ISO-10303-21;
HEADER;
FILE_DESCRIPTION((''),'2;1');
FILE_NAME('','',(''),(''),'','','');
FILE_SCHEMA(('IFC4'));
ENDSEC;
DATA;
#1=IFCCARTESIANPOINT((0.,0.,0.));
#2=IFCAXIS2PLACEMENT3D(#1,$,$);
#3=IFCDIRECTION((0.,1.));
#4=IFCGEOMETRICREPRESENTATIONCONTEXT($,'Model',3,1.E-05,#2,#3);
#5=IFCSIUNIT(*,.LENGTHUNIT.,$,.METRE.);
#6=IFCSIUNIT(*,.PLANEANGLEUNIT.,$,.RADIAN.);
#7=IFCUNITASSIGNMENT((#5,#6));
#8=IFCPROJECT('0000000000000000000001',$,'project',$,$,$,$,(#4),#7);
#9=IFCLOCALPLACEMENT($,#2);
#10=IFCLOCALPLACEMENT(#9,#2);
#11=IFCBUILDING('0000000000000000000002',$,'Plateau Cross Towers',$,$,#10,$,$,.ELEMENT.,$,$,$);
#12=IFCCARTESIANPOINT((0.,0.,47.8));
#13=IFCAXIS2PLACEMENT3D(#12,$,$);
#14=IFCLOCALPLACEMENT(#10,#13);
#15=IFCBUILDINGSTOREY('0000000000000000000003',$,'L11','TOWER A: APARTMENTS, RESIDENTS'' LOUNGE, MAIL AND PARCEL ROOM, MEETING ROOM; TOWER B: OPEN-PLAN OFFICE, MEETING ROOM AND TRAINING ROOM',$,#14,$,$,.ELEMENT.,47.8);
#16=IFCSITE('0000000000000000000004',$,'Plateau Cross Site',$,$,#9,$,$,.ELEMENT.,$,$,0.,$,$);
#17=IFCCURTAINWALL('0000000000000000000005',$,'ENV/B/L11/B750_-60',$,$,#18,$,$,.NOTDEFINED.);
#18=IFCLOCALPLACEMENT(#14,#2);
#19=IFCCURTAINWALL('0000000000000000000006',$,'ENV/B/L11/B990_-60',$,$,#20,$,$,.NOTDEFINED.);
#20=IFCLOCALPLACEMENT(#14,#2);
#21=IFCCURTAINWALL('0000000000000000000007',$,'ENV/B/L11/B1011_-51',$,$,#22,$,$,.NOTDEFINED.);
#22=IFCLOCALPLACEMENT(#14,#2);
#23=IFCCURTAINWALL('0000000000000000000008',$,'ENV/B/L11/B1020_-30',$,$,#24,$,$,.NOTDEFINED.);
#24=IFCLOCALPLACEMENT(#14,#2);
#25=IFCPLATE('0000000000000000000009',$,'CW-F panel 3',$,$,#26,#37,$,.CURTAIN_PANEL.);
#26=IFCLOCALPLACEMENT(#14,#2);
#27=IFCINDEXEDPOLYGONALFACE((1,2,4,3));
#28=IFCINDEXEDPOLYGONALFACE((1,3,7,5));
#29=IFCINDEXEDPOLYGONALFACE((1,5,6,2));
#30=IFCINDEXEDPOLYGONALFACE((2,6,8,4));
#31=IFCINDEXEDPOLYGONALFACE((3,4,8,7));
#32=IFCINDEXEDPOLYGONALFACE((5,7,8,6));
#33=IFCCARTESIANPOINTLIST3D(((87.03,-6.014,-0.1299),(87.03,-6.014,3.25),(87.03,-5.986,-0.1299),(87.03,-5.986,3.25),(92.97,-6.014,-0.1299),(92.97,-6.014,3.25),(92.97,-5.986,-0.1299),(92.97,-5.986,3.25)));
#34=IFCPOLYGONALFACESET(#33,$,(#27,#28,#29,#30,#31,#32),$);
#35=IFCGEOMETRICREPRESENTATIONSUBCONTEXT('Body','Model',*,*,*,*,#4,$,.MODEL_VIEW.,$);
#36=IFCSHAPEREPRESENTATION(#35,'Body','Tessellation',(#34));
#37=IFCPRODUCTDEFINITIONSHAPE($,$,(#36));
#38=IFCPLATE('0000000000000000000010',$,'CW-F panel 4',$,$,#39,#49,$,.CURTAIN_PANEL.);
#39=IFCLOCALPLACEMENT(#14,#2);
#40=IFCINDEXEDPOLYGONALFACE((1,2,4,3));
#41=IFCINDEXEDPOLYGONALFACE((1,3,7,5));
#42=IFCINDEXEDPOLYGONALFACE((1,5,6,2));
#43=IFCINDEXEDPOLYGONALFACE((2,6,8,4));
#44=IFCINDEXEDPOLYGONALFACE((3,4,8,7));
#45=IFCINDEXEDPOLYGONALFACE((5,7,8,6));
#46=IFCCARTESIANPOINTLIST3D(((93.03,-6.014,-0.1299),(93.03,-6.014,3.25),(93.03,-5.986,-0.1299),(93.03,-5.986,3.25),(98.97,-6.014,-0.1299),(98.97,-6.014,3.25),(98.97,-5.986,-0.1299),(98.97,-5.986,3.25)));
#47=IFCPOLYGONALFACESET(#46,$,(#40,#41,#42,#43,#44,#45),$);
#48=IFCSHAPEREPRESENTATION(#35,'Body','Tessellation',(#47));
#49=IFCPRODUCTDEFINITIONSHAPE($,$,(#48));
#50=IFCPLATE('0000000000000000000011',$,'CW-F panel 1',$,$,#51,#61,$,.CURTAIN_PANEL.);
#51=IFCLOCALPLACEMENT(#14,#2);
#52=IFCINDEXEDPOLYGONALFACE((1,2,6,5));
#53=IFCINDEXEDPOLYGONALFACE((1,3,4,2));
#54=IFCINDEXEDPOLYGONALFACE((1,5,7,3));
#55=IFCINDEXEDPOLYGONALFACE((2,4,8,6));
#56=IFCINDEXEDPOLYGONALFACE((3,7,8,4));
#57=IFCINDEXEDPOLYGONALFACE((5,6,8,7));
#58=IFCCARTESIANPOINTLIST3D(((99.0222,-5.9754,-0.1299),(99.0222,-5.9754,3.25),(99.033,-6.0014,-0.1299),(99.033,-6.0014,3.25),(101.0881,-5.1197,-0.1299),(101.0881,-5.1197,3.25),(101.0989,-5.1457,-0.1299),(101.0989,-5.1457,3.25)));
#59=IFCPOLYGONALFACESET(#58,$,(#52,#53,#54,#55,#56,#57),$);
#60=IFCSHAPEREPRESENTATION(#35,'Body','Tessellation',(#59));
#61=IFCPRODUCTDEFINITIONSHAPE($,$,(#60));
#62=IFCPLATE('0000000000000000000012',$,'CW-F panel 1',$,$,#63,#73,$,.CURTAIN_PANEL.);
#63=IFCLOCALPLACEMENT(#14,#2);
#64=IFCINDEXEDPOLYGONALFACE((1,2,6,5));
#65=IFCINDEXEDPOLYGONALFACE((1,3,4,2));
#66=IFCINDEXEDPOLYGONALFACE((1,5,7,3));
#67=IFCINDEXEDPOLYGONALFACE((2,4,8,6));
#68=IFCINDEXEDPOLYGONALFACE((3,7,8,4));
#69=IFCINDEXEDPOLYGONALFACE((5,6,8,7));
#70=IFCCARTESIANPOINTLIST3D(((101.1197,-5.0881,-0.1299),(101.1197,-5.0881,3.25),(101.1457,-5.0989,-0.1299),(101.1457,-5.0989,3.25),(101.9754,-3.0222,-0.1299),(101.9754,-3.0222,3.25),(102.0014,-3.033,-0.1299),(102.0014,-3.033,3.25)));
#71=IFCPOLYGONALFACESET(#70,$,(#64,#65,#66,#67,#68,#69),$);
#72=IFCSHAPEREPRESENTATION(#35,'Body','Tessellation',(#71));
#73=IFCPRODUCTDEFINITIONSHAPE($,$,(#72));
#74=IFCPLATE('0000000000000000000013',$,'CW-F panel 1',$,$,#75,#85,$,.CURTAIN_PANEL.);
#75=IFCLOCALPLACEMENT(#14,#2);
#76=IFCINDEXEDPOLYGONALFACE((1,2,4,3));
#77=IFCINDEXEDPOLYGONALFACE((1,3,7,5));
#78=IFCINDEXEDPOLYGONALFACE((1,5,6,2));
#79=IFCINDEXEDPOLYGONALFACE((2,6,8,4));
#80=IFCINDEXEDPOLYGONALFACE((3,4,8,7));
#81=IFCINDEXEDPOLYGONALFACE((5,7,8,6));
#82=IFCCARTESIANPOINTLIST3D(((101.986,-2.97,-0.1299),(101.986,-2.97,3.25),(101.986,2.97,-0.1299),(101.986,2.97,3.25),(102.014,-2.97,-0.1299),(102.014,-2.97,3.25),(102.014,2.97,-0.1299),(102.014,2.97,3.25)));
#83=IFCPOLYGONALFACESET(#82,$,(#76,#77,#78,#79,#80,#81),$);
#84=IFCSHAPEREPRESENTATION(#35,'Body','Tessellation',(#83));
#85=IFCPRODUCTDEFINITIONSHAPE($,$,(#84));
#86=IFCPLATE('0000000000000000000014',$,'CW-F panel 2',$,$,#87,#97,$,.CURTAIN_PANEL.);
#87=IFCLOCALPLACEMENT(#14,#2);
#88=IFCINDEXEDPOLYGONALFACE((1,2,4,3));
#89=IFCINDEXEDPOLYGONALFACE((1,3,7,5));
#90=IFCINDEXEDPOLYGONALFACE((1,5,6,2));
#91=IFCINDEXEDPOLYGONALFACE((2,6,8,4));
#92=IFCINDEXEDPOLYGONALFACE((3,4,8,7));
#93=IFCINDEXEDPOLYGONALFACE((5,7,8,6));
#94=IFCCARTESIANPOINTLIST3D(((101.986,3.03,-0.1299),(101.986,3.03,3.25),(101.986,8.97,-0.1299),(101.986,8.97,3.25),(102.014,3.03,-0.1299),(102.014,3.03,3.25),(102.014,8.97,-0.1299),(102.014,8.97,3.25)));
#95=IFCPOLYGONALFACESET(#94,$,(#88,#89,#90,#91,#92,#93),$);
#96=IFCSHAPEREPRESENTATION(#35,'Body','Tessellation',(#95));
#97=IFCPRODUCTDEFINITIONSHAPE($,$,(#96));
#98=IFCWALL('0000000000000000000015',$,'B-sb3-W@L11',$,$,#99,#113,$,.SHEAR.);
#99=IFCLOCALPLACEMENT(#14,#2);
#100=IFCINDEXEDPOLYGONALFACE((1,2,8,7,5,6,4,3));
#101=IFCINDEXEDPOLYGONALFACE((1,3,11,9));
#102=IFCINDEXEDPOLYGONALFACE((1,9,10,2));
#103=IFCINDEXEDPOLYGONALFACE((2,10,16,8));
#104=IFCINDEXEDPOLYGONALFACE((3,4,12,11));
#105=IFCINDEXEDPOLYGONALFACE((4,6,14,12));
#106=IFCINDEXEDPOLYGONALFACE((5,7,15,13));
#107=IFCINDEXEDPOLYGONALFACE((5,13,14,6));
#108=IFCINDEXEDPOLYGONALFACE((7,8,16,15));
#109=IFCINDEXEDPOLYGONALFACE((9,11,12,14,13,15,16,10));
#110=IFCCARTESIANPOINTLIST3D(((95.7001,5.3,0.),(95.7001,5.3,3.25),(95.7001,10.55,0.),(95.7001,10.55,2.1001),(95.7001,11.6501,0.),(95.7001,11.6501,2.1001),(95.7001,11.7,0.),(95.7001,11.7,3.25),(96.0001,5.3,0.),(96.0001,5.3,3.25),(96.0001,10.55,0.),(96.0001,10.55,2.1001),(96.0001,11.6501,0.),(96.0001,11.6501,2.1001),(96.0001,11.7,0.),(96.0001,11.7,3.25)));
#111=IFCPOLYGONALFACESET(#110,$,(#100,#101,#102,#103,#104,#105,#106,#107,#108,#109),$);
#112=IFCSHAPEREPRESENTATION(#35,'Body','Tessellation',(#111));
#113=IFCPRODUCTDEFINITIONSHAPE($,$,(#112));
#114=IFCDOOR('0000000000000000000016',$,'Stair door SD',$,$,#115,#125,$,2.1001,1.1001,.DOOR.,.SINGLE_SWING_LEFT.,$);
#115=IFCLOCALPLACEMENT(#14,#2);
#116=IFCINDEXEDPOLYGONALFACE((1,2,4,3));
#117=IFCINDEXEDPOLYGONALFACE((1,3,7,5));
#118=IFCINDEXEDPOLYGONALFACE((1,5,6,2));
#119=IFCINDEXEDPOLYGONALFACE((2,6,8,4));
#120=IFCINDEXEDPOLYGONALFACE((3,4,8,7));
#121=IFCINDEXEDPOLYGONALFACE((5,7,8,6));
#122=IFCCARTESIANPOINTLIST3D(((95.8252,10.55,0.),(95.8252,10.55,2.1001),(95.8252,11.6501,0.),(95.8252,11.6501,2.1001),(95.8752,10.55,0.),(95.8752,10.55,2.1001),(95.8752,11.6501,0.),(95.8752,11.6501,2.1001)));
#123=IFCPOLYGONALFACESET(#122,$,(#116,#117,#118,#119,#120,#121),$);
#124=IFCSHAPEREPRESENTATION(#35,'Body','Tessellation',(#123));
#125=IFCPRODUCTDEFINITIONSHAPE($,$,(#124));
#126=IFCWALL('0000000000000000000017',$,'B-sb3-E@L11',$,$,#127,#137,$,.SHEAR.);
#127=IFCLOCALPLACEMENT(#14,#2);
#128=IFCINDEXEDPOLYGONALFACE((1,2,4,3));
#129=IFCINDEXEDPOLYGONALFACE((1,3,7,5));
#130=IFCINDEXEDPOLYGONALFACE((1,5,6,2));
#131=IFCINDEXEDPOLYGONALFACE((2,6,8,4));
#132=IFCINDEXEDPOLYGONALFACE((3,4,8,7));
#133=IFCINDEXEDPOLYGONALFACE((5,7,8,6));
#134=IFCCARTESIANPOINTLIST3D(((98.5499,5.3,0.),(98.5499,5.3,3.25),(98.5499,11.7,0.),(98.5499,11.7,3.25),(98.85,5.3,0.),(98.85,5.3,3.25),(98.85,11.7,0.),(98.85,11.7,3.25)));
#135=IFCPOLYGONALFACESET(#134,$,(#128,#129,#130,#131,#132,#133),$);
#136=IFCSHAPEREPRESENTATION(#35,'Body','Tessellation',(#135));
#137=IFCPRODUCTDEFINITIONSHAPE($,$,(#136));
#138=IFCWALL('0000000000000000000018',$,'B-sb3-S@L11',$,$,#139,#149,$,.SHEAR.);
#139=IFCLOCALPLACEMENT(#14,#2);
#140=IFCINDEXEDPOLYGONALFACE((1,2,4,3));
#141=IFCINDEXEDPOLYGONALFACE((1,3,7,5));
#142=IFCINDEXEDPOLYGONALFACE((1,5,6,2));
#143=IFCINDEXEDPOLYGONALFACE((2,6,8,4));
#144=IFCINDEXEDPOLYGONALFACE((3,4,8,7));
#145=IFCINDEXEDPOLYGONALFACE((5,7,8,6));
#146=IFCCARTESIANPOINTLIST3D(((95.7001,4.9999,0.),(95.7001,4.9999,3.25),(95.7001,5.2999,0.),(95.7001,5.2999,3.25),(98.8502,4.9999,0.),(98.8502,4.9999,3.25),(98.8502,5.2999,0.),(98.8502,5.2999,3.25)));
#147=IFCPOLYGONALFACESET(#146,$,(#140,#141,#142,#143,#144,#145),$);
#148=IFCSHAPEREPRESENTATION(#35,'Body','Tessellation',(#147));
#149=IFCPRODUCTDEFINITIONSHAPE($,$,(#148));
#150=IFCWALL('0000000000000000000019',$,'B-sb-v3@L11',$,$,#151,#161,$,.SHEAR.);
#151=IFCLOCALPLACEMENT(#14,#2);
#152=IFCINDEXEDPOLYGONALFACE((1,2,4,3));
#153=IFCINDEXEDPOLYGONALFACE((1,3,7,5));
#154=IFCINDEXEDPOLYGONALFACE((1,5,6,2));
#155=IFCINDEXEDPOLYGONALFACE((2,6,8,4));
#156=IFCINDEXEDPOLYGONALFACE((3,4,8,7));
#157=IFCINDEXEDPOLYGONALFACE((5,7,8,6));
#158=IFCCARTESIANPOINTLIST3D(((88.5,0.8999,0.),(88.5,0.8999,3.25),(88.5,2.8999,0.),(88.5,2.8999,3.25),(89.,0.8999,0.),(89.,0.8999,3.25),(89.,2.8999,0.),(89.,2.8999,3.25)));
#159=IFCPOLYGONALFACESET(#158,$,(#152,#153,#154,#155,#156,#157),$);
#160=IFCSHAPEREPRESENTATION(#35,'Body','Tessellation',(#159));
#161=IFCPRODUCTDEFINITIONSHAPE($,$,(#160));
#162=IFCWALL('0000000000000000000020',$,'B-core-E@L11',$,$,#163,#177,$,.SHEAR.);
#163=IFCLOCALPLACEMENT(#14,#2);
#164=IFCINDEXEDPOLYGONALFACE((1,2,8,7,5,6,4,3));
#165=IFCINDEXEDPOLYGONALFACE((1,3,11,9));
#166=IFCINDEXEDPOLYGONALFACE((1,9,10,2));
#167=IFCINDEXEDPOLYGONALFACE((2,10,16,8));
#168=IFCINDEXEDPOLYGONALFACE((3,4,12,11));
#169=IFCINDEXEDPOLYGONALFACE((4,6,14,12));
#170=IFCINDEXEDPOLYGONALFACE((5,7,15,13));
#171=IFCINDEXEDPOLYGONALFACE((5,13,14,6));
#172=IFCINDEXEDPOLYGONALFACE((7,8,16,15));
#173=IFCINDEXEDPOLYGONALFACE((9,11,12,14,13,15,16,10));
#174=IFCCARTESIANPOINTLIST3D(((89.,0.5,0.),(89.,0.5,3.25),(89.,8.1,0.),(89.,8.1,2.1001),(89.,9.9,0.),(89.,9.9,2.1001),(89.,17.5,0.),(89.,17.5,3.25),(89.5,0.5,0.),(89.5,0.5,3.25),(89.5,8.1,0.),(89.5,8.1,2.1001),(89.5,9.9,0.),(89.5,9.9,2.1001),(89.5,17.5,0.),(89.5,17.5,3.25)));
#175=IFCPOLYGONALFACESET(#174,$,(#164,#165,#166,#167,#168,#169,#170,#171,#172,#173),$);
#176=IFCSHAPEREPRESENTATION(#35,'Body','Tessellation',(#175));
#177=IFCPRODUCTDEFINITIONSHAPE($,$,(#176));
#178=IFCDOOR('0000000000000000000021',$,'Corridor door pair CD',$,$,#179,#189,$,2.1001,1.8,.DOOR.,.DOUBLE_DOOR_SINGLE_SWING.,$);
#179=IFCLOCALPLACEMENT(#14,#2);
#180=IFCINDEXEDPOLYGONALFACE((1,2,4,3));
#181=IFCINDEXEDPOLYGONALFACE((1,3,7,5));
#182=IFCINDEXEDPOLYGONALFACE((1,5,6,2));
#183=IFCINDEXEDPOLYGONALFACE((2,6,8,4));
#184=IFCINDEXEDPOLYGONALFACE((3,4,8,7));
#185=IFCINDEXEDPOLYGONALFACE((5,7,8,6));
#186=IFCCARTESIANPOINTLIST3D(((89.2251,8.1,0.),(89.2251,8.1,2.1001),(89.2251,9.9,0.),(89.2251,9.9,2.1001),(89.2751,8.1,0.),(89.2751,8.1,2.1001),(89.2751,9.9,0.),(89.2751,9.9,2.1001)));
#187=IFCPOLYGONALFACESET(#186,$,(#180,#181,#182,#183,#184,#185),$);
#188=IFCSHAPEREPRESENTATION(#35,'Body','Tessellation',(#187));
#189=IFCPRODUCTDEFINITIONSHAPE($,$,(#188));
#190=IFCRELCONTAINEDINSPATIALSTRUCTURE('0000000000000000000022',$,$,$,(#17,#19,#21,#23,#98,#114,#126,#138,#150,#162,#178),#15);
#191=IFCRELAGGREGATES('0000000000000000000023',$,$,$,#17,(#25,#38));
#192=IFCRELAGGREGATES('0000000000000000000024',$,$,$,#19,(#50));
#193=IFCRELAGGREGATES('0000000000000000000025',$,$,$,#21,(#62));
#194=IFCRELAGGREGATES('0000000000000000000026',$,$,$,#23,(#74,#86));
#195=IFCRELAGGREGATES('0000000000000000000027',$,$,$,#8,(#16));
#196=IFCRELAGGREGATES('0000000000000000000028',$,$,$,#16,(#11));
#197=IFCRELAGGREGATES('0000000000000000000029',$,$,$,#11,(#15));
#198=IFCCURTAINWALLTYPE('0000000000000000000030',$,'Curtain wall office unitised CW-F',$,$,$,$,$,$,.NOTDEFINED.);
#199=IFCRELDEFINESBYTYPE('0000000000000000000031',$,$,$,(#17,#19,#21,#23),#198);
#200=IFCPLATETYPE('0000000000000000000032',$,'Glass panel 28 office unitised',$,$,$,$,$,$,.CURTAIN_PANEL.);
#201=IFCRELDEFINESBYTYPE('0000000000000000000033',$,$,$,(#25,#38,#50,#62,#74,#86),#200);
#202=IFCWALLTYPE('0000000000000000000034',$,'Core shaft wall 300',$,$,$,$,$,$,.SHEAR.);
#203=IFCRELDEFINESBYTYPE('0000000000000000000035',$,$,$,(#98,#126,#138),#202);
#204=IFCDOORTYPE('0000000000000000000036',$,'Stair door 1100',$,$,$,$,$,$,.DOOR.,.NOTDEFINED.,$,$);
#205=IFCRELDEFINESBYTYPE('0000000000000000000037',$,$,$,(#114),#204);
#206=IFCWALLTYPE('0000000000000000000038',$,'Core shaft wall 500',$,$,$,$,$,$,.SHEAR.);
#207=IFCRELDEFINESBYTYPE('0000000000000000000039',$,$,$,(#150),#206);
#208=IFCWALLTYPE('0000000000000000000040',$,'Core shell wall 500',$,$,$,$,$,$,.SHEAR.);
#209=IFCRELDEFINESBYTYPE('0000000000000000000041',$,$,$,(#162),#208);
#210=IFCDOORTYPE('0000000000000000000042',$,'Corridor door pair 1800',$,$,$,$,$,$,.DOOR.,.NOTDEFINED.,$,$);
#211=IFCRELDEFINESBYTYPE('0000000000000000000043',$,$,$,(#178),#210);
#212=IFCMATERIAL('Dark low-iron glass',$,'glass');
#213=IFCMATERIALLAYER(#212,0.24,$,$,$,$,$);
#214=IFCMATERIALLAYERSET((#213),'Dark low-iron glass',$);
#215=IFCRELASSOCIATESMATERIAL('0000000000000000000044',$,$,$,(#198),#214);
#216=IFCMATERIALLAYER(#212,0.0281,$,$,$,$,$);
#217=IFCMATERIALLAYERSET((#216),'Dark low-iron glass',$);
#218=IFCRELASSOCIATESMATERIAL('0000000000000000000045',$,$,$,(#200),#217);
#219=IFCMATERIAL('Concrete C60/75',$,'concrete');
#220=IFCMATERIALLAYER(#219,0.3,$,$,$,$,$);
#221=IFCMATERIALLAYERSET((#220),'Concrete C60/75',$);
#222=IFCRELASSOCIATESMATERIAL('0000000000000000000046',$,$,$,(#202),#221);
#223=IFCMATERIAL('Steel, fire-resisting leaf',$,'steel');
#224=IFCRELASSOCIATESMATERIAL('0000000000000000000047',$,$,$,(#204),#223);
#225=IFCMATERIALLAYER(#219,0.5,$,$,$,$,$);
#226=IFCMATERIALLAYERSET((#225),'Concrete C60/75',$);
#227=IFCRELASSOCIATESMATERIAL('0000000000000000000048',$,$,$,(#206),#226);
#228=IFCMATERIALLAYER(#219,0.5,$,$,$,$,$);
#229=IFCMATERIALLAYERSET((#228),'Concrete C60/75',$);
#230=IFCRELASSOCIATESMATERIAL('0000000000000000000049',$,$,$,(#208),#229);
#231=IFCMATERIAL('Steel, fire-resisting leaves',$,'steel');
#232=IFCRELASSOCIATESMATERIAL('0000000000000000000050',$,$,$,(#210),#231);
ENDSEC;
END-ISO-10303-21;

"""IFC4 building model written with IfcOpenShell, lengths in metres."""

from ifc_helpers import new_model, si_unit, direction, frame, frame_2d, origin, origin_2d, place, context, subcontext, project, spatial, rectangle, extrude, material, layer, layer_set, type_object, element, fill, aggregate, save


model = new_model("IFC4")

# Units and contexts
model_context = context("Model", 3, precision=1e-05, world=origin(), true_north=direction((0.0, 1.0)))
body_context = subcontext(model_context, "Body", "Model", "MODEL_VIEW")
ifc_project = project(units=[si_unit("LENGTHUNIT", "METRE"), si_unit("PLANEANGLEUNIT", "RADIAN")], contexts=[model_context])

# Site, building, storey
site_placement = place(None, origin())
site = spatial("IfcSite", under=ifc_project, at=site_placement, Name="Plateau Cross Site", CompositionType="ELEMENT", RefElevation=0.0)
building_placement = place(site_placement, origin())
building = spatial("IfcBuilding", under=site, at=building_placement, Name="Plateau Cross Towers", CompositionType="ELEMENT")
storey_placement = place(building_placement, frame((0.0, 0.0, 47.8)))
storey = spatial("IfcBuildingStorey", under=building, at=storey_placement, Name="L11", Description="TOWER A: APARTMENTS, RESIDENTS' LOUNGE, MAIL AND PARCEL ROOM, MEETING ROOM; TOWER B: OPEN-PLAN OFFICE, MEETING ROOM AND TRAINING ROOM", CompositionType="ELEMENT", Elevation=47.8)

# Shared definitions
ifc_material_1 = material(Name="Concrete C60/75", Category="concrete")

# Curtain walls
ifc_material_2 = material(Name="Dark low-iron glass", Category="glass")
ifc_layer_1 = layer(ifc_material_2, 0.24)
ifc_layer_set_1 = layer_set([ifc_layer_1], Name="Dark low-iron glass")
curtain_wall_type = type_object("IfcCurtainWallType", Name="Curtain wall office unitised CW-F", PredefinedType="NOTDEFINED", material=ifc_layer_set_1)
curtain_wall_1_placement = place(storey_placement, origin())
curtain_wall_1 = element("IfcCurtainWall", 1, at=curtain_wall_1_placement, inside=storey, type_object=curtain_wall_type, Name="ENV/B/L11/B750_-60", PredefinedType="NOTDEFINED")
curtain_wall_2_placement = place(storey_placement, origin())
curtain_wall_2 = element("IfcCurtainWall", 2, at=curtain_wall_2_placement, inside=storey, type_object=curtain_wall_type, Name="ENV/B/L11/B990_-60", PredefinedType="NOTDEFINED")
curtain_wall_3_placement = place(storey_placement, origin())
curtain_wall_3 = element("IfcCurtainWall", 3, at=curtain_wall_3_placement, inside=storey, type_object=curtain_wall_type, Name="ENV/B/L11/B1011_-51", PredefinedType="NOTDEFINED")

# Curtain wall
curtain_wall_4_placement = place(storey_placement, origin())
curtain_wall_4 = element("IfcCurtainWall", 4, at=curtain_wall_4_placement, inside=storey, type_object=curtain_wall_type, Name="ENV/B/L11/B1020_-30", PredefinedType="NOTDEFINED")

# Plates
ifc_layer_2 = layer(ifc_material_2, 0.0281)
ifc_layer_set_2 = layer_set([ifc_layer_2], Name="Dark low-iron glass")
plate_type = type_object("IfcPlateType", Name="Glass panel 28 office unitised", PredefinedType="CURTAIN_PANEL", material=ifc_layer_set_2)
plate_1_placement = place(storey_placement, frame((90.0, -6.0, -0.1299), z_axis=(0.0, 0.0, 1.0), x_axis=(1.0, 0.0, 0.0)))
plate_1 = element("IfcPlate", 5, at=plate_1_placement, type_object=plate_type, Name="CW-F panel 3", PredefinedType="CURTAIN_PANEL", context=body_context, shape_type="SweptSolid", body=[
    extrude(rectangle(XDim=5.9399, YDim=0.0281, at=origin_2d()), origin(), (0.0, 0.0, 1.0), 3.3799),
])
plate_2_placement = place(storey_placement, frame((96.0, -6.0, -0.1299), z_axis=(0.0, 0.0, 1.0), x_axis=(1.0, 0.0, 0.0)))
plate_2 = element("IfcPlate", 6, at=plate_2_placement, type_object=plate_type, Name="CW-F panel 4", PredefinedType="CURTAIN_PANEL", context=body_context, shape_type="SweptSolid", body=[
    extrude(rectangle(XDim=5.9399, YDim=0.0281, at=origin_2d()), origin(), (0.0, 0.0, 1.0), 3.3799),
])
aggregate(curtain_wall_1, [plate_1, plate_2])
plate_3_placement = place(storey_placement, frame((100.0605, -5.5605, -0.1299), z_axis=(0.0, 0.0, 1.0), x_axis=(0.923879, 0.382684, 0.0)))
plate_3 = element("IfcPlate", 7, at=plate_3_placement, type_object=plate_type, Name="CW-F panel 1", PredefinedType="CURTAIN_PANEL", context=body_context, shape_type="SweptSolid", body=[
    extrude(rectangle(XDim=2.2361, YDim=0.0281, at=origin_2d()), origin(), (0.0, 0.0, 1.0), 3.3799),
])
aggregate(curtain_wall_2, [plate_3])
plate_4_placement = place(storey_placement, frame((101.5605, -4.0605, -0.1299), z_axis=(0.0, 0.0, 1.0), x_axis=(0.382684, 0.923879, 0.0)))
plate_4 = element("IfcPlate", 8, at=plate_4_placement, type_object=plate_type, Name="CW-F panel 1", PredefinedType="CURTAIN_PANEL", context=body_context, shape_type="SweptSolid", body=[
    extrude(rectangle(XDim=2.2361, YDim=0.0281, at=origin_2d()), origin(), (0.0, 0.0, 1.0), 3.3799),
])
aggregate(curtain_wall_3, [plate_4])
plate_5_placement = place(storey_placement, frame((102.0, 0.0, -0.1299), z_axis=(0.0, 0.0, 1.0), x_axis=(0.0, 1.0, 0.0)))
plate_5 = element("IfcPlate", 9, at=plate_5_placement, type_object=plate_type, Name="CW-F panel 1", PredefinedType="CURTAIN_PANEL", context=body_context, shape_type="SweptSolid", body=[
    extrude(rectangle(XDim=5.9399, YDim=0.0281, at=origin_2d()), origin(), (0.0, 0.0, 1.0), 3.3799),
])
plate_6_placement = place(storey_placement, frame((102.0, 6.0, -0.1299), z_axis=(0.0, 0.0, 1.0), x_axis=(0.0, 1.0, 0.0)))
plate_6 = element("IfcPlate", 10, at=plate_6_placement, type_object=plate_type, Name="CW-F panel 2", PredefinedType="CURTAIN_PANEL", context=body_context, shape_type="SweptSolid", body=[
    extrude(rectangle(XDim=5.9399, YDim=0.0281, at=origin_2d()), origin(), (0.0, 0.0, 1.0), 3.3799),
])
aggregate(curtain_wall_4, [plate_5, plate_6])

# Wall, opening, door
ifc_layer_3 = layer(ifc_material_1, 0.3)
ifc_layer_set_3 = layer_set([ifc_layer_3], Name="Concrete C60/75")
wall_type_1 = type_object("IfcWallType", Name="Core shaft wall 300", PredefinedType="SHEAR", material=ifc_layer_set_3)
wall_1_placement = place(storey_placement, frame((95.8501, 5.3, 0.0), z_axis=(0.0, 0.0, 1.0), x_axis=(0.0, 1.0, 0.0)))
wall_1 = element("IfcWall", 11, at=wall_1_placement, inside=storey, type_object=wall_type_1, Name="B-sb3-W@L11", PredefinedType="SHEAR", context=body_context, shape_type="SweptSolid", body=[
    extrude(rectangle(XDim=6.3999, YDim=0.3, at=frame_2d((3.2, 0.0))), origin(), (0.0, 0.0, 1.0), 3.25),
])
opening_1_placement = place(wall_1_placement, frame((5.25, 0.0, 0.0)))
opening_1 = element("IfcOpeningElement", 12, at=opening_1_placement, cuts=wall_1, PredefinedType="OPENING", context=body_context, shape_type="SweptSolid", body=[
    extrude(rectangle(XDim=1.1001, YDim=2.1001, at=frame_2d((0.55, 1.05))), frame((0.0, 0.1599, 0.0), z_axis=(0.0, -1.0, 0.0), x_axis=(1.0, 0.0, 0.0)), (0.0, 0.0, 1.0), 0.3201),
])
ifc_material_3 = material(Name="Steel, fire-resisting leaf", Category="steel")
door_type_1 = type_object("IfcDoorType", Name="Stair door 1100", OperationType="NOTDEFINED", PredefinedType="DOOR", material=ifc_material_3)
door_1_placement = place(opening_1_placement, origin())
door_1 = element("IfcDoor", 13, at=door_1_placement, inside=storey, type_object=door_type_1, Name="Stair door SD", OperationType="SINGLE_SWING_LEFT", OverallHeight=2.1001, OverallWidth=1.1001, PredefinedType="DOOR", context=body_context, shape_type="SweptSolid", body=[
    extrude(rectangle(XDim=1.1001, YDim=2.1001, at=frame_2d((0.55, 1.05))), frame((0.0, 0.0249, 0.0), z_axis=(0.0, -1.0, 0.0), x_axis=(1.0, 0.0, 0.0)), (0.0, 0.0, 1.0), 0.05),
])
fill(opening_1, door_1)

# Walls
wall_2_placement = place(storey_placement, frame((98.7, 5.3, 0.0), z_axis=(0.0, 0.0, 1.0), x_axis=(0.0, 1.0, 0.0)))
element("IfcWall", 14, at=wall_2_placement, inside=storey, type_object=wall_type_1, Name="B-sb3-E@L11", PredefinedType="SHEAR", context=body_context, shape_type="SweptSolid", body=[
    extrude(rectangle(XDim=6.3999, YDim=0.3, at=frame_2d((3.2, 0.0))), origin(), (0.0, 0.0, 1.0), 3.25),
])
wall_3_placement = place(storey_placement, frame((95.7, 5.1499, 0.0), z_axis=(0.0, 0.0, 1.0), x_axis=(1.0, 0.0, 0.0)))
element("IfcWall", 15, at=wall_3_placement, inside=storey, type_object=wall_type_1, Name="B-sb3-S@L11", PredefinedType="SHEAR", context=body_context, shape_type="SweptSolid", body=[
    extrude(rectangle(XDim=3.1501, YDim=0.3, at=frame_2d((1.5752, 0.0))), origin(), (0.0, 0.0, 1.0), 3.25),
])
ifc_layer_4 = layer(ifc_material_1, 0.5)
ifc_layer_set_4 = layer_set([ifc_layer_4], Name="Concrete C60/75")
wall_type_2 = type_object("IfcWallType", Name="Core shaft wall 500", PredefinedType="SHEAR", material=ifc_layer_set_4)
wall_4_placement = place(storey_placement, frame((88.75, 0.8999, 0.0), z_axis=(0.0, 0.0, 1.0), x_axis=(0.0, 1.0, 0.0)))
element("IfcWall", 16, at=wall_4_placement, inside=storey, type_object=wall_type_2, Name="B-sb-v3@L11", PredefinedType="SHEAR", context=body_context, shape_type="SweptSolid", body=[
    extrude(rectangle(XDim=2.0, YDim=0.5, at=frame_2d((1.0, 0.0))), origin(), (0.0, 0.0, 1.0), 3.25),
])

# Wall, opening, door
ifc_layer_5 = layer(ifc_material_1, 0.5)
ifc_layer_set_5 = layer_set([ifc_layer_5], Name="Concrete C60/75")
wall_type_3 = type_object("IfcWallType", Name="Core shell wall 500", PredefinedType="SHEAR", material=ifc_layer_set_5)
wall_5_placement = place(storey_placement, frame((89.25, 0.5, 0.0), z_axis=(0.0, 0.0, 1.0), x_axis=(0.0, 1.0, 0.0)))
wall_5 = element("IfcWall", 17, at=wall_5_placement, inside=storey, type_object=wall_type_3, Name="B-core-E@L11", PredefinedType="SHEAR", context=body_context, shape_type="SweptSolid", body=[
    extrude(rectangle(XDim=17.0, YDim=0.5, at=frame_2d((8.5, 0.0))), origin(), (0.0, 0.0, 1.0), 3.25),
])
opening_2_placement = place(wall_5_placement, frame((7.6001, 0.0, 0.0)))
opening_2 = element("IfcOpeningElement", 18, at=opening_2_placement, cuts=wall_5, PredefinedType="OPENING", context=body_context, shape_type="SweptSolid", body=[
    extrude(rectangle(XDim=1.8, YDim=2.1001, at=frame_2d((0.8999, 1.05))), frame((0.0, 0.26, 0.0), z_axis=(0.0, -1.0, 0.0), x_axis=(1.0, 0.0, 0.0)), (0.0, 0.0, 1.0), 0.52),
])
ifc_material_4 = material(Name="Steel, fire-resisting leaves", Category="steel")
door_type_2 = type_object("IfcDoorType", Name="Corridor door pair 1800", OperationType="NOTDEFINED", PredefinedType="DOOR", material=ifc_material_4)
door_2_placement = place(opening_2_placement, origin())
door_2 = element("IfcDoor", 19, at=door_2_placement, inside=storey, type_object=door_type_2, Name="Corridor door pair CD", OperationType="DOUBLE_DOOR_SINGLE_SWING", OverallHeight=2.1001, OverallWidth=1.8, PredefinedType="DOOR", context=body_context, shape_type="SweptSolid", body=[
    extrude(rectangle(XDim=1.8, YDim=2.1001, at=frame_2d((0.8999, 1.05))), frame((0.0, 0.0249, 0.0), z_axis=(0.0, -1.0, 0.0), x_axis=(1.0, 0.0, 0.0)), (0.0, 0.0, 1.0), 0.05),
])
fill(opening_2, door_2)

save(model, "model.ifc")
